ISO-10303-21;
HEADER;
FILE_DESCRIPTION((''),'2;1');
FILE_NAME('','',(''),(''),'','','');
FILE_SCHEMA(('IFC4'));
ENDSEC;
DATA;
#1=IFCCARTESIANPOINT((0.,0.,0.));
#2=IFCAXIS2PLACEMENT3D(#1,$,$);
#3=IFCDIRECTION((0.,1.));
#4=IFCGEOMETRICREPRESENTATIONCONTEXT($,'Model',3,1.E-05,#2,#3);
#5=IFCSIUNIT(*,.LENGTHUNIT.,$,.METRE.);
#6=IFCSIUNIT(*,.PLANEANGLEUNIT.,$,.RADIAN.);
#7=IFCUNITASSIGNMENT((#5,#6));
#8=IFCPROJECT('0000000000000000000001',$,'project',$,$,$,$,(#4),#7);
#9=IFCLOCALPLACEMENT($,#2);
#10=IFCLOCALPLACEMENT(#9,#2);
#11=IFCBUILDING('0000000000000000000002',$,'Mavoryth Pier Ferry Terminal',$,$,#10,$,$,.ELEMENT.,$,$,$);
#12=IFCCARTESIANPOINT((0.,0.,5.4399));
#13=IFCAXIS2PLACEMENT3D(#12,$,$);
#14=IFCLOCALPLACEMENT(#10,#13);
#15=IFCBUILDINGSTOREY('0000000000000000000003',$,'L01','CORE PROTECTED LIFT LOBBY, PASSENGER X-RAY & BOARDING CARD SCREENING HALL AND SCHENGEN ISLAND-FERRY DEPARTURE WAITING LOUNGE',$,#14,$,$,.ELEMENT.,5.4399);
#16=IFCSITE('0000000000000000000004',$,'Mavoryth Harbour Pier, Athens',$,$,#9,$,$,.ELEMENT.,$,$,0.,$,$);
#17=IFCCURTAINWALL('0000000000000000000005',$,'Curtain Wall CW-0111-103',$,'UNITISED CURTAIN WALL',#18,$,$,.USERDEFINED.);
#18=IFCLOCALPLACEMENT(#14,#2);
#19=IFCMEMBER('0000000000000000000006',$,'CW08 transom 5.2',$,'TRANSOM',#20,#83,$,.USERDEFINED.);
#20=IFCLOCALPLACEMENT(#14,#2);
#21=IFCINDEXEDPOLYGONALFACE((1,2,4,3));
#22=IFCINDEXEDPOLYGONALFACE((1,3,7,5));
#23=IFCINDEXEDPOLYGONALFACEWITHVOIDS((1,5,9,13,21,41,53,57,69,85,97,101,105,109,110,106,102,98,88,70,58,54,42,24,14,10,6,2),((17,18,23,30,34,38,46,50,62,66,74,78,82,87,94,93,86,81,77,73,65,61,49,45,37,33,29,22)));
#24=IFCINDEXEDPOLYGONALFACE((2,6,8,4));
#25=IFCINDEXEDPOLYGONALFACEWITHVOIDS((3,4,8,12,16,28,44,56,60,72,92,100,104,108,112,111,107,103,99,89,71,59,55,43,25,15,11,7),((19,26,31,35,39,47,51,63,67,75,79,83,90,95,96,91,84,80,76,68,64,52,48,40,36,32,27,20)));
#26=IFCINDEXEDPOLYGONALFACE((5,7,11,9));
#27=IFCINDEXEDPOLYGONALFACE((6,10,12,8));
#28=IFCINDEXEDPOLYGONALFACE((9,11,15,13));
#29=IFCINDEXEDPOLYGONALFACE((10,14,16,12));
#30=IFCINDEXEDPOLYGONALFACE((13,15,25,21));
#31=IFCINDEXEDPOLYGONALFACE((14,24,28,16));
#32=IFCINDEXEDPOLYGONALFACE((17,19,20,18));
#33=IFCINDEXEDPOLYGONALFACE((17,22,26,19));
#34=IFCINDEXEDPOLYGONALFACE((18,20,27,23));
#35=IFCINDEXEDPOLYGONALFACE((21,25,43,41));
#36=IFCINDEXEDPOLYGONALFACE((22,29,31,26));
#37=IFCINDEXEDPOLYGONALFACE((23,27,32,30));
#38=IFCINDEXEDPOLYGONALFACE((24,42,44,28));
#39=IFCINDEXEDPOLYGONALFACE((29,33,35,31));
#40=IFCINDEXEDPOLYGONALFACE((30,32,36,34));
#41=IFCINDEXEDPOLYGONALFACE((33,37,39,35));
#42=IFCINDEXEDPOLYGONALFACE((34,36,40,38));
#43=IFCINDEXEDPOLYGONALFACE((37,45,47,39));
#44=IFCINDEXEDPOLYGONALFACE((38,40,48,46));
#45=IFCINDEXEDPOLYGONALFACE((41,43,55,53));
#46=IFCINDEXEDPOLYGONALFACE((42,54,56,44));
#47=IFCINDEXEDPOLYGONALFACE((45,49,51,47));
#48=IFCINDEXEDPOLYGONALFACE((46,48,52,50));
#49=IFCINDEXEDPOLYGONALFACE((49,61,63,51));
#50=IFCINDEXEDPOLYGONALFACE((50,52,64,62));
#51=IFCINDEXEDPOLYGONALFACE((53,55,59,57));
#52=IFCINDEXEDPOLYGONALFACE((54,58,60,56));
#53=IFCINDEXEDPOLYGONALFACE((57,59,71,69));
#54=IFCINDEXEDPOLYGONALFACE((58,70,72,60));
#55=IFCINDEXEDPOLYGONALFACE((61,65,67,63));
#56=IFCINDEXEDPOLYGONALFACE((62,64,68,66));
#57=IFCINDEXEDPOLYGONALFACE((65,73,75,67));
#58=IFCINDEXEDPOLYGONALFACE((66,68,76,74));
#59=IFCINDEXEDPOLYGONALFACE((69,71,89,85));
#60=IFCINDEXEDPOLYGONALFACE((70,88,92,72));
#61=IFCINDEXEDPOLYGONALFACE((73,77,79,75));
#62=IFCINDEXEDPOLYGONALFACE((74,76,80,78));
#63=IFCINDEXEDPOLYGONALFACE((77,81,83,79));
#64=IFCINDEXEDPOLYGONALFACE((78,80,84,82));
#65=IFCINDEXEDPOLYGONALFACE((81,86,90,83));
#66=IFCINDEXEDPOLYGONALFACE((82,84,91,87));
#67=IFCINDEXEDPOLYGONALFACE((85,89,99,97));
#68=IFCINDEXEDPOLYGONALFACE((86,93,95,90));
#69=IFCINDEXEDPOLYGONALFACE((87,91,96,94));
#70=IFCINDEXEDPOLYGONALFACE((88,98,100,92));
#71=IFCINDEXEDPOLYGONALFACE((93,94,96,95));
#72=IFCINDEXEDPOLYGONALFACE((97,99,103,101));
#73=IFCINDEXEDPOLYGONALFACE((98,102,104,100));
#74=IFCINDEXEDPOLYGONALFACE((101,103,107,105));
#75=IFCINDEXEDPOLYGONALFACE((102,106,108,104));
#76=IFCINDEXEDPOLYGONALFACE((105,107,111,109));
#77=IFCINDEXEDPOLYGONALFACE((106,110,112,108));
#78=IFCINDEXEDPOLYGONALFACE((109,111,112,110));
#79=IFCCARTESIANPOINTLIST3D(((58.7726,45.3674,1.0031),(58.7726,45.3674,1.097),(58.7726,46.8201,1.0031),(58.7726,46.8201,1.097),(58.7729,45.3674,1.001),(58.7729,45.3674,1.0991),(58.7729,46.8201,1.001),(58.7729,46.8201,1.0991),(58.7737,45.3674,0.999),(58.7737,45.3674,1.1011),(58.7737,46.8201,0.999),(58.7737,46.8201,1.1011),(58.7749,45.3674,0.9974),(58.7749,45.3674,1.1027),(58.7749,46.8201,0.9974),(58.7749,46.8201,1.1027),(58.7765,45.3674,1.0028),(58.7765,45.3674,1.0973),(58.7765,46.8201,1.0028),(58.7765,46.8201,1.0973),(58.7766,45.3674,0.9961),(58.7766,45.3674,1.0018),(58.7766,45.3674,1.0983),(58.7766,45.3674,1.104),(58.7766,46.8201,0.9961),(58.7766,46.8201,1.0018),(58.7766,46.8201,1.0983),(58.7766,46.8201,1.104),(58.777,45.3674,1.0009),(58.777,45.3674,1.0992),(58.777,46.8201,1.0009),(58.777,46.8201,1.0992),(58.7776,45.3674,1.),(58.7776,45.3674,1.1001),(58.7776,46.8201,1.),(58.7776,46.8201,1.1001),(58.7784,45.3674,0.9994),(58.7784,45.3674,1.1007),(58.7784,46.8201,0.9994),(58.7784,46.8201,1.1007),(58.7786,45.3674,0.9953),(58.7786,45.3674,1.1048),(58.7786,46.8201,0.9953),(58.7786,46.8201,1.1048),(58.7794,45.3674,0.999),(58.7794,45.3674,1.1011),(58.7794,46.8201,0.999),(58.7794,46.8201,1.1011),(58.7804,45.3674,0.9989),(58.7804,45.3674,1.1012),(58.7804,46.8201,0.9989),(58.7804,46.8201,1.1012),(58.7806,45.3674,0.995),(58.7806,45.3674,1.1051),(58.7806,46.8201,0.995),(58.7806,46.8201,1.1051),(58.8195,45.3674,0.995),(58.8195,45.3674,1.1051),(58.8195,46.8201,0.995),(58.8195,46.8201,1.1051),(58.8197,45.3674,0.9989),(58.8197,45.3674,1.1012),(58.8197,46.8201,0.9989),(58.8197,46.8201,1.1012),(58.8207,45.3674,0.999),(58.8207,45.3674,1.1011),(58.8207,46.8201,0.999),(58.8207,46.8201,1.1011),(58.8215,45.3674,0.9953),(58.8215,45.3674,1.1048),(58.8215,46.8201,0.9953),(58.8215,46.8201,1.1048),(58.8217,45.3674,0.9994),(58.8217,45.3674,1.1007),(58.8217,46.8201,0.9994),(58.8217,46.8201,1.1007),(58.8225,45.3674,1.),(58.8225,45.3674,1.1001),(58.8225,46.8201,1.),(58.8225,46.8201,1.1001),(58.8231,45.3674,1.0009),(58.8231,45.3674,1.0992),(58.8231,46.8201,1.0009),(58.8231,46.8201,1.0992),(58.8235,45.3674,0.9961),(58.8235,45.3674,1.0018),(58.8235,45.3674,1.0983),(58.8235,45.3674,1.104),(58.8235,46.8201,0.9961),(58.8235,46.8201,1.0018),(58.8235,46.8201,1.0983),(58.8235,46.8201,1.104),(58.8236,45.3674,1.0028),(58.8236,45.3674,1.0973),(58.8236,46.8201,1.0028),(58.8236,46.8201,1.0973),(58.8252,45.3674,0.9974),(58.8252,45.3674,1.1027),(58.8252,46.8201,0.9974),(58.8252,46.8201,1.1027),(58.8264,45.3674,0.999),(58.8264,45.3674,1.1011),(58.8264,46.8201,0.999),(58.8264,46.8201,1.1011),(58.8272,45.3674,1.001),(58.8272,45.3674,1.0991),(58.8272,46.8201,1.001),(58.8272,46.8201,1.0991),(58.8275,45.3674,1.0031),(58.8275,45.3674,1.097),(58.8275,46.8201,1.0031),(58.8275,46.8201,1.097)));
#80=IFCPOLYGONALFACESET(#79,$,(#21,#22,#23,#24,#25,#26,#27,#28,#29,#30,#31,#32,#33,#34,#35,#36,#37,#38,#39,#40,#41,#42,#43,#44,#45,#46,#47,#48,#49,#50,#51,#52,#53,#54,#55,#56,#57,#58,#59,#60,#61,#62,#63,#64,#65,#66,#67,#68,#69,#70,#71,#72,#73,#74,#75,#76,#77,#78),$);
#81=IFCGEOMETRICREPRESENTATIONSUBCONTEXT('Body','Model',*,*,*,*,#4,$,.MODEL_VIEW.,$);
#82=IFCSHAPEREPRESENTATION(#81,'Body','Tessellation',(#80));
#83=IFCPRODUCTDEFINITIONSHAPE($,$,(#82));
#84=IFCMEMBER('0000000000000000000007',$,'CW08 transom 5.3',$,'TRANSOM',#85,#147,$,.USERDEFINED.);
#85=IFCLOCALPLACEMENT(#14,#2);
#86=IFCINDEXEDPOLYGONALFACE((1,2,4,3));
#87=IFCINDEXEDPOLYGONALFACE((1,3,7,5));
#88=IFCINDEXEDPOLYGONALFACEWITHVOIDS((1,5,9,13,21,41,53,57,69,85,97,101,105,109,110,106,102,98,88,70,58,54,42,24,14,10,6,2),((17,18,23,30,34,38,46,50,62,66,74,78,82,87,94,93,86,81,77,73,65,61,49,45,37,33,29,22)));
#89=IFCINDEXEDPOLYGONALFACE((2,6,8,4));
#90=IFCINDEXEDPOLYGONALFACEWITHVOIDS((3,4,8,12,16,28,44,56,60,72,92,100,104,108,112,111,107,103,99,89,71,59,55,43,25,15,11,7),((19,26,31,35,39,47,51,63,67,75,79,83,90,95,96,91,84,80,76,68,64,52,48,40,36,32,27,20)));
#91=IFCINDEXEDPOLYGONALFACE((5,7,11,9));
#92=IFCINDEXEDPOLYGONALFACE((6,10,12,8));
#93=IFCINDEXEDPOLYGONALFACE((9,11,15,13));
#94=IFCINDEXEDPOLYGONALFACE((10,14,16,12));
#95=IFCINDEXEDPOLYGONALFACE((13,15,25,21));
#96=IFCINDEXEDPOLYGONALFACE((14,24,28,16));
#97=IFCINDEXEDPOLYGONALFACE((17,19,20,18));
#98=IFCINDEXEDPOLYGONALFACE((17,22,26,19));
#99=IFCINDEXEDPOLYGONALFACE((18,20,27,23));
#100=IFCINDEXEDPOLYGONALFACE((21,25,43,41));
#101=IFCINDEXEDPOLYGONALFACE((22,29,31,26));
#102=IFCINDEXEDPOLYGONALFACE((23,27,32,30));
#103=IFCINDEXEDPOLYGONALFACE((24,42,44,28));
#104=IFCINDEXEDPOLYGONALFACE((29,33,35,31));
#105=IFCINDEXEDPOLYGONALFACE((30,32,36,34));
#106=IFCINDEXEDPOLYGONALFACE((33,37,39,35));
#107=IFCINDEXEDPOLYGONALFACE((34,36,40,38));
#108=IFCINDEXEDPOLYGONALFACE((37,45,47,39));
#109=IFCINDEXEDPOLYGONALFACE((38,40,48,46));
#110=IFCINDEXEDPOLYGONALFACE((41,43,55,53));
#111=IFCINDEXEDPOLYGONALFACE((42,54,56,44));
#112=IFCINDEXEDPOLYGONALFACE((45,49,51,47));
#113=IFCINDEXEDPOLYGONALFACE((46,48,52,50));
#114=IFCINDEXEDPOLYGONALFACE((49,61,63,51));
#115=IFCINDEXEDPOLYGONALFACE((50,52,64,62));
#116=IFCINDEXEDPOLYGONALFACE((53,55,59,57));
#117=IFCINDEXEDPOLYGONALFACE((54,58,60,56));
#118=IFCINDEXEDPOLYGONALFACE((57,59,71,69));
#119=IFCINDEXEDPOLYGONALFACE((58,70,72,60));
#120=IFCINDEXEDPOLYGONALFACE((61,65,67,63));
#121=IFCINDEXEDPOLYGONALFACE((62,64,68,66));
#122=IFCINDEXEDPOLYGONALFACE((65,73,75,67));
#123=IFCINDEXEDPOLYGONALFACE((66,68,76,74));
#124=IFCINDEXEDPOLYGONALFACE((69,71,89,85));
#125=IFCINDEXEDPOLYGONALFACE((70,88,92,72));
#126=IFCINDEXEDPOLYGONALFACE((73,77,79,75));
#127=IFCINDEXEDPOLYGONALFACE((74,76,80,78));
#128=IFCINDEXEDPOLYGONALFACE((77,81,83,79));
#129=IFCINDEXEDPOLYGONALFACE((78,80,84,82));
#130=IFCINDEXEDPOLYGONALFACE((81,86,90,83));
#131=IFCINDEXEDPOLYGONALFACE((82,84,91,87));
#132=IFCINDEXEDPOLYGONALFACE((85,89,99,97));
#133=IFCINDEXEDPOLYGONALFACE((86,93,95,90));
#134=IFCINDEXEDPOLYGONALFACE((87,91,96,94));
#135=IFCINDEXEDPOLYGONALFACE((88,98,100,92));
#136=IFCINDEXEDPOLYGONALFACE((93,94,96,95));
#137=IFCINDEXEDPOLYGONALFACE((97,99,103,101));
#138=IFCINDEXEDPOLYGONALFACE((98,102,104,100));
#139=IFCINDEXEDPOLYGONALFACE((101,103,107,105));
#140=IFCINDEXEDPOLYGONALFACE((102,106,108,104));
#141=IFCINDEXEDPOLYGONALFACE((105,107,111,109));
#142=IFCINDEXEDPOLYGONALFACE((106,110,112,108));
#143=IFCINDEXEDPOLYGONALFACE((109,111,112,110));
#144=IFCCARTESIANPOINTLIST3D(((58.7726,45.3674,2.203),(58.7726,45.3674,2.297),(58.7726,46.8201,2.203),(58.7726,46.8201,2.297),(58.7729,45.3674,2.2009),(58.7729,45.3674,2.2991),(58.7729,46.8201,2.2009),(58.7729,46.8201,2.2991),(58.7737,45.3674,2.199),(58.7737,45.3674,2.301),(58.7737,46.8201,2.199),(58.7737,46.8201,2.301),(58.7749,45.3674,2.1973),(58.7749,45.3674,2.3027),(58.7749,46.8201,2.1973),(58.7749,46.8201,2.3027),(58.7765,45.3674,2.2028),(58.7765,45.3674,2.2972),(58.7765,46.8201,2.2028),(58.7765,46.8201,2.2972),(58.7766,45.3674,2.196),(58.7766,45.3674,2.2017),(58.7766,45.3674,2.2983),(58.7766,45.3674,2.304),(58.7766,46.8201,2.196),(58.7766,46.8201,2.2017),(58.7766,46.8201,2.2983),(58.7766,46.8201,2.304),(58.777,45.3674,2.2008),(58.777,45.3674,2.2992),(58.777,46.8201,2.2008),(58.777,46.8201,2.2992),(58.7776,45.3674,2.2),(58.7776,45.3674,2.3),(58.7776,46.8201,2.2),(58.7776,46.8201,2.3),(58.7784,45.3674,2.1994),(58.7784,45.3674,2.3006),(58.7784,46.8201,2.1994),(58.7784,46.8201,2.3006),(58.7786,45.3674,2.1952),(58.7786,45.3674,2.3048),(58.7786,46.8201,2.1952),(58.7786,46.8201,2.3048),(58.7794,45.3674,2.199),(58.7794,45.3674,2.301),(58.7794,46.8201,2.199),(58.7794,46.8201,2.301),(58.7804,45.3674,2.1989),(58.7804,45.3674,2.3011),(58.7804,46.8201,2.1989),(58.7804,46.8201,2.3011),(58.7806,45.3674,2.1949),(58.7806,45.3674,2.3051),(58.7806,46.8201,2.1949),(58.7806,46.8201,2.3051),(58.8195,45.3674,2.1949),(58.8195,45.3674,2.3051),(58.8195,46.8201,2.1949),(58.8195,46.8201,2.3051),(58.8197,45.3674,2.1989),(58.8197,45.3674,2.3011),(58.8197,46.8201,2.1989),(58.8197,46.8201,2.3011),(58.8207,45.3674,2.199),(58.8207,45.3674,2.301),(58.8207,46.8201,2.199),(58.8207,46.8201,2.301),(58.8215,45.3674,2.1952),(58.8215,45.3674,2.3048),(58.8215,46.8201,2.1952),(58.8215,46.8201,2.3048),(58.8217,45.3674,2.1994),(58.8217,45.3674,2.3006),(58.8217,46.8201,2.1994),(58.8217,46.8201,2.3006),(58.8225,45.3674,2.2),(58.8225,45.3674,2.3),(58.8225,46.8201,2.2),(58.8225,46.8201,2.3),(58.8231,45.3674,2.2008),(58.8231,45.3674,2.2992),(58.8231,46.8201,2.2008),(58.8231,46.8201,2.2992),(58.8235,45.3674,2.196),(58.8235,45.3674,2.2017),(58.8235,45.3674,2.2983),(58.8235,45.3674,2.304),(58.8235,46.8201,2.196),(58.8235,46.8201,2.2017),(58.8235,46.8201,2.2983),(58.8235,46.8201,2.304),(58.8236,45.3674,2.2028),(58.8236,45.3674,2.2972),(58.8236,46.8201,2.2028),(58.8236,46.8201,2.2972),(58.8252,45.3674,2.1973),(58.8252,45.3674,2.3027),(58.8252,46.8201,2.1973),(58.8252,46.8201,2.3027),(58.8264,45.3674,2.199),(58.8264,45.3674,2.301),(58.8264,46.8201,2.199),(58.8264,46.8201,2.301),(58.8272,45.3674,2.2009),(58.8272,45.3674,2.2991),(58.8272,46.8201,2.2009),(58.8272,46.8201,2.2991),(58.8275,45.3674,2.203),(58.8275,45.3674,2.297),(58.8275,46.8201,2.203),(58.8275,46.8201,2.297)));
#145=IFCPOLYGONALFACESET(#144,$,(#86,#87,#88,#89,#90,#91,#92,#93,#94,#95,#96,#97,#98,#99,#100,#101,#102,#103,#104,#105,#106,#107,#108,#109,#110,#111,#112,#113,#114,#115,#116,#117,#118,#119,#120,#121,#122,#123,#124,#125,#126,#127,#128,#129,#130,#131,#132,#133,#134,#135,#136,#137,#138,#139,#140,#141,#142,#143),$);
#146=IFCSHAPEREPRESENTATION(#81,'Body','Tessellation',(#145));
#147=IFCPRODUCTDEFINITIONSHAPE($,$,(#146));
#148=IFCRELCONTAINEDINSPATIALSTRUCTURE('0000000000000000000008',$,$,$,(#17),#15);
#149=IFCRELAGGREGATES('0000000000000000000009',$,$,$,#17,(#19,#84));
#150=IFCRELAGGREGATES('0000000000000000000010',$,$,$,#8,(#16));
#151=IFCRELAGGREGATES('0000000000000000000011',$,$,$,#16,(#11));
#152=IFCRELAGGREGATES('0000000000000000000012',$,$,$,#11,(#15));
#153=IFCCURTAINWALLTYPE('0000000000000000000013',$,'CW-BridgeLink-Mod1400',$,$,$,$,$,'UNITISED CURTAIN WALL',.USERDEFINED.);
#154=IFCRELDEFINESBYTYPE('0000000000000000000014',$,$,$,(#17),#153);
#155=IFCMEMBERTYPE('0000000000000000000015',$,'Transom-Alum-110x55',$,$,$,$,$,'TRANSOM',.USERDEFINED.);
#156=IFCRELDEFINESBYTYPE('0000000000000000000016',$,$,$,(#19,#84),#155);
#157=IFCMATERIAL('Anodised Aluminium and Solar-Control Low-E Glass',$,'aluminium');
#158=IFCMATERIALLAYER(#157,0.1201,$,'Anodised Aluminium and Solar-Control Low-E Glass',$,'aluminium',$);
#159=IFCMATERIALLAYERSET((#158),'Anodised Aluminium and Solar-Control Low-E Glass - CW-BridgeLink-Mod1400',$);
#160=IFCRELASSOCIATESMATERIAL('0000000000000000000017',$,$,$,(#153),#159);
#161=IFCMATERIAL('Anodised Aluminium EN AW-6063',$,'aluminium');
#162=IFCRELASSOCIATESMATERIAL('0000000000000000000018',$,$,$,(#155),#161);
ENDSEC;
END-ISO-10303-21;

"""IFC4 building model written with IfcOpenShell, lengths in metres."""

from ifc_helpers import new_model, si_unit, direction, frame, origin, origin_2d, place, context, subcontext, project, spatial, hollow_rectangle, extrude, material, layer, layer_set, material_profile, profile_set, type_object, element, aggregate, save


model = new_model("IFC4")

# Units and contexts
model_context = context("Model", 3, precision=1e-05, world=origin(), true_north=direction((0.0, 1.0)))
body_context = subcontext(model_context, "Body", "Model", "MODEL_VIEW")
ifc_project = project(units=[si_unit("LENGTHUNIT", "METRE"), si_unit("PLANEANGLEUNIT", "RADIAN")], contexts=[model_context])

# Site, building, storey
site_placement = place(None, origin())
site = spatial("IfcSite", under=ifc_project, at=site_placement, Name="Mavoryth Harbour Pier, Athens", CompositionType="ELEMENT", RefElevation=0.0)
building_placement = place(site_placement, origin())
building = spatial("IfcBuilding", under=site, at=building_placement, Name="Mavoryth Pier Ferry Terminal", CompositionType="ELEMENT")
storey_placement = place(building_placement, frame((0.0, 0.0, 5.4399)))
storey = spatial("IfcBuildingStorey", under=building, at=storey_placement, Name="L01", Description="CORE PROTECTED LIFT LOBBY, PASSENGER X-RAY & BOARDING CARD SCREENING HALL AND SCHENGEN ISLAND-FERRY DEPARTURE WAITING LOUNGE", CompositionType="ELEMENT", Elevation=5.4399)

# Curtain wall
ifc_material_1 = material(Name="Anodised Aluminium and Solar-Control Low-E Glass", Category="aluminium")
ifc_layer_1 = layer(ifc_material_1, 0.1201, Name="Anodised Aluminium and Solar-Control Low-E Glass", Category="aluminium")
ifc_layer_set_1 = layer_set([ifc_layer_1], Name="Anodised Aluminium and Solar-Control Low-E Glass - CW-BridgeLink-Mod1400")
curtain_wall_type = type_object("IfcCurtainWallType", Name="CW-BridgeLink-Mod1400", ElementType="UNITISED CURTAIN WALL", PredefinedType="USERDEFINED", material=ifc_layer_set_1)
curtain_wall_1_placement = place(storey_placement, origin())
curtain_wall_1 = element("IfcCurtainWall", 1, at=curtain_wall_1_placement, inside=storey, type_object=curtain_wall_type, Name="Curtain Wall CW-0111-103", ObjectType="UNITISED CURTAIN WALL", PredefinedType="USERDEFINED")
ifc_material_2 = material(Name="Anodised Aluminium EN AW-6063", Category="aluminium")

# Members
ifc_material_profile_1 = material_profile(ifc_material_2, hollow_rectangle(XDim=0.0549, YDim=0.1101, WallThickness=0.0039, InnerFilletRadius=0.0039, OuterFilletRadius=0.0081, at=origin_2d()), Name="AL-TRAN 110x55x4", Category="aluminium")
ifc_profile_set_1 = profile_set([ifc_material_profile_1], Name="Anodised Aluminium EN AW-6063 - AL-TRAN 110x55x4")
member_type_1 = type_object("IfcMemberType", Name="Transom-Alum-110x55", ElementType="TRANSOM", PredefinedType="USERDEFINED", material=ifc_profile_set_1)
member_1_placement = place(storey_placement, frame((58.8, 45.3674, 1.05), z_axis=(0.0, 1.0, 0.0), x_axis=(-1.0, 0.0, 0.0)))
member_1 = element("IfcMember", 2, at=member_1_placement, type_object=member_type_1, Name="CW08 transom 5.2", ObjectType="TRANSOM", PredefinedType="USERDEFINED", context=body_context, shape_type="SweptSolid", body=[
    extrude(hollow_rectangle(XDim=0.0549, YDim=0.1101, WallThickness=0.0039, InnerFilletRadius=0.0039, OuterFilletRadius=0.0081, at=origin_2d()), origin(), (0.0, 0.0, 1.0), 1.4526),
])
member_2_placement = place(storey_placement, frame((58.8, 45.3674, 2.25), z_axis=(0.0, 1.0, 0.0), x_axis=(-1.0, 0.0, 0.0)))
member_2 = element("IfcMember", 3, at=member_2_placement, type_object=member_type_1, Name="CW08 transom 5.3", ObjectType="TRANSOM", PredefinedType="USERDEFINED", context=body_context, shape_type="SweptSolid", body=[
    extrude(hollow_rectangle(XDim=0.0549, YDim=0.1101, WallThickness=0.0039, InnerFilletRadius=0.0039, OuterFilletRadius=0.0081, at=origin_2d()), origin(), (0.0, 0.0, 1.0), 1.4526),
])

aggregate(curtain_wall_1, [member_1, member_2])

save(model, "model.ifc")
